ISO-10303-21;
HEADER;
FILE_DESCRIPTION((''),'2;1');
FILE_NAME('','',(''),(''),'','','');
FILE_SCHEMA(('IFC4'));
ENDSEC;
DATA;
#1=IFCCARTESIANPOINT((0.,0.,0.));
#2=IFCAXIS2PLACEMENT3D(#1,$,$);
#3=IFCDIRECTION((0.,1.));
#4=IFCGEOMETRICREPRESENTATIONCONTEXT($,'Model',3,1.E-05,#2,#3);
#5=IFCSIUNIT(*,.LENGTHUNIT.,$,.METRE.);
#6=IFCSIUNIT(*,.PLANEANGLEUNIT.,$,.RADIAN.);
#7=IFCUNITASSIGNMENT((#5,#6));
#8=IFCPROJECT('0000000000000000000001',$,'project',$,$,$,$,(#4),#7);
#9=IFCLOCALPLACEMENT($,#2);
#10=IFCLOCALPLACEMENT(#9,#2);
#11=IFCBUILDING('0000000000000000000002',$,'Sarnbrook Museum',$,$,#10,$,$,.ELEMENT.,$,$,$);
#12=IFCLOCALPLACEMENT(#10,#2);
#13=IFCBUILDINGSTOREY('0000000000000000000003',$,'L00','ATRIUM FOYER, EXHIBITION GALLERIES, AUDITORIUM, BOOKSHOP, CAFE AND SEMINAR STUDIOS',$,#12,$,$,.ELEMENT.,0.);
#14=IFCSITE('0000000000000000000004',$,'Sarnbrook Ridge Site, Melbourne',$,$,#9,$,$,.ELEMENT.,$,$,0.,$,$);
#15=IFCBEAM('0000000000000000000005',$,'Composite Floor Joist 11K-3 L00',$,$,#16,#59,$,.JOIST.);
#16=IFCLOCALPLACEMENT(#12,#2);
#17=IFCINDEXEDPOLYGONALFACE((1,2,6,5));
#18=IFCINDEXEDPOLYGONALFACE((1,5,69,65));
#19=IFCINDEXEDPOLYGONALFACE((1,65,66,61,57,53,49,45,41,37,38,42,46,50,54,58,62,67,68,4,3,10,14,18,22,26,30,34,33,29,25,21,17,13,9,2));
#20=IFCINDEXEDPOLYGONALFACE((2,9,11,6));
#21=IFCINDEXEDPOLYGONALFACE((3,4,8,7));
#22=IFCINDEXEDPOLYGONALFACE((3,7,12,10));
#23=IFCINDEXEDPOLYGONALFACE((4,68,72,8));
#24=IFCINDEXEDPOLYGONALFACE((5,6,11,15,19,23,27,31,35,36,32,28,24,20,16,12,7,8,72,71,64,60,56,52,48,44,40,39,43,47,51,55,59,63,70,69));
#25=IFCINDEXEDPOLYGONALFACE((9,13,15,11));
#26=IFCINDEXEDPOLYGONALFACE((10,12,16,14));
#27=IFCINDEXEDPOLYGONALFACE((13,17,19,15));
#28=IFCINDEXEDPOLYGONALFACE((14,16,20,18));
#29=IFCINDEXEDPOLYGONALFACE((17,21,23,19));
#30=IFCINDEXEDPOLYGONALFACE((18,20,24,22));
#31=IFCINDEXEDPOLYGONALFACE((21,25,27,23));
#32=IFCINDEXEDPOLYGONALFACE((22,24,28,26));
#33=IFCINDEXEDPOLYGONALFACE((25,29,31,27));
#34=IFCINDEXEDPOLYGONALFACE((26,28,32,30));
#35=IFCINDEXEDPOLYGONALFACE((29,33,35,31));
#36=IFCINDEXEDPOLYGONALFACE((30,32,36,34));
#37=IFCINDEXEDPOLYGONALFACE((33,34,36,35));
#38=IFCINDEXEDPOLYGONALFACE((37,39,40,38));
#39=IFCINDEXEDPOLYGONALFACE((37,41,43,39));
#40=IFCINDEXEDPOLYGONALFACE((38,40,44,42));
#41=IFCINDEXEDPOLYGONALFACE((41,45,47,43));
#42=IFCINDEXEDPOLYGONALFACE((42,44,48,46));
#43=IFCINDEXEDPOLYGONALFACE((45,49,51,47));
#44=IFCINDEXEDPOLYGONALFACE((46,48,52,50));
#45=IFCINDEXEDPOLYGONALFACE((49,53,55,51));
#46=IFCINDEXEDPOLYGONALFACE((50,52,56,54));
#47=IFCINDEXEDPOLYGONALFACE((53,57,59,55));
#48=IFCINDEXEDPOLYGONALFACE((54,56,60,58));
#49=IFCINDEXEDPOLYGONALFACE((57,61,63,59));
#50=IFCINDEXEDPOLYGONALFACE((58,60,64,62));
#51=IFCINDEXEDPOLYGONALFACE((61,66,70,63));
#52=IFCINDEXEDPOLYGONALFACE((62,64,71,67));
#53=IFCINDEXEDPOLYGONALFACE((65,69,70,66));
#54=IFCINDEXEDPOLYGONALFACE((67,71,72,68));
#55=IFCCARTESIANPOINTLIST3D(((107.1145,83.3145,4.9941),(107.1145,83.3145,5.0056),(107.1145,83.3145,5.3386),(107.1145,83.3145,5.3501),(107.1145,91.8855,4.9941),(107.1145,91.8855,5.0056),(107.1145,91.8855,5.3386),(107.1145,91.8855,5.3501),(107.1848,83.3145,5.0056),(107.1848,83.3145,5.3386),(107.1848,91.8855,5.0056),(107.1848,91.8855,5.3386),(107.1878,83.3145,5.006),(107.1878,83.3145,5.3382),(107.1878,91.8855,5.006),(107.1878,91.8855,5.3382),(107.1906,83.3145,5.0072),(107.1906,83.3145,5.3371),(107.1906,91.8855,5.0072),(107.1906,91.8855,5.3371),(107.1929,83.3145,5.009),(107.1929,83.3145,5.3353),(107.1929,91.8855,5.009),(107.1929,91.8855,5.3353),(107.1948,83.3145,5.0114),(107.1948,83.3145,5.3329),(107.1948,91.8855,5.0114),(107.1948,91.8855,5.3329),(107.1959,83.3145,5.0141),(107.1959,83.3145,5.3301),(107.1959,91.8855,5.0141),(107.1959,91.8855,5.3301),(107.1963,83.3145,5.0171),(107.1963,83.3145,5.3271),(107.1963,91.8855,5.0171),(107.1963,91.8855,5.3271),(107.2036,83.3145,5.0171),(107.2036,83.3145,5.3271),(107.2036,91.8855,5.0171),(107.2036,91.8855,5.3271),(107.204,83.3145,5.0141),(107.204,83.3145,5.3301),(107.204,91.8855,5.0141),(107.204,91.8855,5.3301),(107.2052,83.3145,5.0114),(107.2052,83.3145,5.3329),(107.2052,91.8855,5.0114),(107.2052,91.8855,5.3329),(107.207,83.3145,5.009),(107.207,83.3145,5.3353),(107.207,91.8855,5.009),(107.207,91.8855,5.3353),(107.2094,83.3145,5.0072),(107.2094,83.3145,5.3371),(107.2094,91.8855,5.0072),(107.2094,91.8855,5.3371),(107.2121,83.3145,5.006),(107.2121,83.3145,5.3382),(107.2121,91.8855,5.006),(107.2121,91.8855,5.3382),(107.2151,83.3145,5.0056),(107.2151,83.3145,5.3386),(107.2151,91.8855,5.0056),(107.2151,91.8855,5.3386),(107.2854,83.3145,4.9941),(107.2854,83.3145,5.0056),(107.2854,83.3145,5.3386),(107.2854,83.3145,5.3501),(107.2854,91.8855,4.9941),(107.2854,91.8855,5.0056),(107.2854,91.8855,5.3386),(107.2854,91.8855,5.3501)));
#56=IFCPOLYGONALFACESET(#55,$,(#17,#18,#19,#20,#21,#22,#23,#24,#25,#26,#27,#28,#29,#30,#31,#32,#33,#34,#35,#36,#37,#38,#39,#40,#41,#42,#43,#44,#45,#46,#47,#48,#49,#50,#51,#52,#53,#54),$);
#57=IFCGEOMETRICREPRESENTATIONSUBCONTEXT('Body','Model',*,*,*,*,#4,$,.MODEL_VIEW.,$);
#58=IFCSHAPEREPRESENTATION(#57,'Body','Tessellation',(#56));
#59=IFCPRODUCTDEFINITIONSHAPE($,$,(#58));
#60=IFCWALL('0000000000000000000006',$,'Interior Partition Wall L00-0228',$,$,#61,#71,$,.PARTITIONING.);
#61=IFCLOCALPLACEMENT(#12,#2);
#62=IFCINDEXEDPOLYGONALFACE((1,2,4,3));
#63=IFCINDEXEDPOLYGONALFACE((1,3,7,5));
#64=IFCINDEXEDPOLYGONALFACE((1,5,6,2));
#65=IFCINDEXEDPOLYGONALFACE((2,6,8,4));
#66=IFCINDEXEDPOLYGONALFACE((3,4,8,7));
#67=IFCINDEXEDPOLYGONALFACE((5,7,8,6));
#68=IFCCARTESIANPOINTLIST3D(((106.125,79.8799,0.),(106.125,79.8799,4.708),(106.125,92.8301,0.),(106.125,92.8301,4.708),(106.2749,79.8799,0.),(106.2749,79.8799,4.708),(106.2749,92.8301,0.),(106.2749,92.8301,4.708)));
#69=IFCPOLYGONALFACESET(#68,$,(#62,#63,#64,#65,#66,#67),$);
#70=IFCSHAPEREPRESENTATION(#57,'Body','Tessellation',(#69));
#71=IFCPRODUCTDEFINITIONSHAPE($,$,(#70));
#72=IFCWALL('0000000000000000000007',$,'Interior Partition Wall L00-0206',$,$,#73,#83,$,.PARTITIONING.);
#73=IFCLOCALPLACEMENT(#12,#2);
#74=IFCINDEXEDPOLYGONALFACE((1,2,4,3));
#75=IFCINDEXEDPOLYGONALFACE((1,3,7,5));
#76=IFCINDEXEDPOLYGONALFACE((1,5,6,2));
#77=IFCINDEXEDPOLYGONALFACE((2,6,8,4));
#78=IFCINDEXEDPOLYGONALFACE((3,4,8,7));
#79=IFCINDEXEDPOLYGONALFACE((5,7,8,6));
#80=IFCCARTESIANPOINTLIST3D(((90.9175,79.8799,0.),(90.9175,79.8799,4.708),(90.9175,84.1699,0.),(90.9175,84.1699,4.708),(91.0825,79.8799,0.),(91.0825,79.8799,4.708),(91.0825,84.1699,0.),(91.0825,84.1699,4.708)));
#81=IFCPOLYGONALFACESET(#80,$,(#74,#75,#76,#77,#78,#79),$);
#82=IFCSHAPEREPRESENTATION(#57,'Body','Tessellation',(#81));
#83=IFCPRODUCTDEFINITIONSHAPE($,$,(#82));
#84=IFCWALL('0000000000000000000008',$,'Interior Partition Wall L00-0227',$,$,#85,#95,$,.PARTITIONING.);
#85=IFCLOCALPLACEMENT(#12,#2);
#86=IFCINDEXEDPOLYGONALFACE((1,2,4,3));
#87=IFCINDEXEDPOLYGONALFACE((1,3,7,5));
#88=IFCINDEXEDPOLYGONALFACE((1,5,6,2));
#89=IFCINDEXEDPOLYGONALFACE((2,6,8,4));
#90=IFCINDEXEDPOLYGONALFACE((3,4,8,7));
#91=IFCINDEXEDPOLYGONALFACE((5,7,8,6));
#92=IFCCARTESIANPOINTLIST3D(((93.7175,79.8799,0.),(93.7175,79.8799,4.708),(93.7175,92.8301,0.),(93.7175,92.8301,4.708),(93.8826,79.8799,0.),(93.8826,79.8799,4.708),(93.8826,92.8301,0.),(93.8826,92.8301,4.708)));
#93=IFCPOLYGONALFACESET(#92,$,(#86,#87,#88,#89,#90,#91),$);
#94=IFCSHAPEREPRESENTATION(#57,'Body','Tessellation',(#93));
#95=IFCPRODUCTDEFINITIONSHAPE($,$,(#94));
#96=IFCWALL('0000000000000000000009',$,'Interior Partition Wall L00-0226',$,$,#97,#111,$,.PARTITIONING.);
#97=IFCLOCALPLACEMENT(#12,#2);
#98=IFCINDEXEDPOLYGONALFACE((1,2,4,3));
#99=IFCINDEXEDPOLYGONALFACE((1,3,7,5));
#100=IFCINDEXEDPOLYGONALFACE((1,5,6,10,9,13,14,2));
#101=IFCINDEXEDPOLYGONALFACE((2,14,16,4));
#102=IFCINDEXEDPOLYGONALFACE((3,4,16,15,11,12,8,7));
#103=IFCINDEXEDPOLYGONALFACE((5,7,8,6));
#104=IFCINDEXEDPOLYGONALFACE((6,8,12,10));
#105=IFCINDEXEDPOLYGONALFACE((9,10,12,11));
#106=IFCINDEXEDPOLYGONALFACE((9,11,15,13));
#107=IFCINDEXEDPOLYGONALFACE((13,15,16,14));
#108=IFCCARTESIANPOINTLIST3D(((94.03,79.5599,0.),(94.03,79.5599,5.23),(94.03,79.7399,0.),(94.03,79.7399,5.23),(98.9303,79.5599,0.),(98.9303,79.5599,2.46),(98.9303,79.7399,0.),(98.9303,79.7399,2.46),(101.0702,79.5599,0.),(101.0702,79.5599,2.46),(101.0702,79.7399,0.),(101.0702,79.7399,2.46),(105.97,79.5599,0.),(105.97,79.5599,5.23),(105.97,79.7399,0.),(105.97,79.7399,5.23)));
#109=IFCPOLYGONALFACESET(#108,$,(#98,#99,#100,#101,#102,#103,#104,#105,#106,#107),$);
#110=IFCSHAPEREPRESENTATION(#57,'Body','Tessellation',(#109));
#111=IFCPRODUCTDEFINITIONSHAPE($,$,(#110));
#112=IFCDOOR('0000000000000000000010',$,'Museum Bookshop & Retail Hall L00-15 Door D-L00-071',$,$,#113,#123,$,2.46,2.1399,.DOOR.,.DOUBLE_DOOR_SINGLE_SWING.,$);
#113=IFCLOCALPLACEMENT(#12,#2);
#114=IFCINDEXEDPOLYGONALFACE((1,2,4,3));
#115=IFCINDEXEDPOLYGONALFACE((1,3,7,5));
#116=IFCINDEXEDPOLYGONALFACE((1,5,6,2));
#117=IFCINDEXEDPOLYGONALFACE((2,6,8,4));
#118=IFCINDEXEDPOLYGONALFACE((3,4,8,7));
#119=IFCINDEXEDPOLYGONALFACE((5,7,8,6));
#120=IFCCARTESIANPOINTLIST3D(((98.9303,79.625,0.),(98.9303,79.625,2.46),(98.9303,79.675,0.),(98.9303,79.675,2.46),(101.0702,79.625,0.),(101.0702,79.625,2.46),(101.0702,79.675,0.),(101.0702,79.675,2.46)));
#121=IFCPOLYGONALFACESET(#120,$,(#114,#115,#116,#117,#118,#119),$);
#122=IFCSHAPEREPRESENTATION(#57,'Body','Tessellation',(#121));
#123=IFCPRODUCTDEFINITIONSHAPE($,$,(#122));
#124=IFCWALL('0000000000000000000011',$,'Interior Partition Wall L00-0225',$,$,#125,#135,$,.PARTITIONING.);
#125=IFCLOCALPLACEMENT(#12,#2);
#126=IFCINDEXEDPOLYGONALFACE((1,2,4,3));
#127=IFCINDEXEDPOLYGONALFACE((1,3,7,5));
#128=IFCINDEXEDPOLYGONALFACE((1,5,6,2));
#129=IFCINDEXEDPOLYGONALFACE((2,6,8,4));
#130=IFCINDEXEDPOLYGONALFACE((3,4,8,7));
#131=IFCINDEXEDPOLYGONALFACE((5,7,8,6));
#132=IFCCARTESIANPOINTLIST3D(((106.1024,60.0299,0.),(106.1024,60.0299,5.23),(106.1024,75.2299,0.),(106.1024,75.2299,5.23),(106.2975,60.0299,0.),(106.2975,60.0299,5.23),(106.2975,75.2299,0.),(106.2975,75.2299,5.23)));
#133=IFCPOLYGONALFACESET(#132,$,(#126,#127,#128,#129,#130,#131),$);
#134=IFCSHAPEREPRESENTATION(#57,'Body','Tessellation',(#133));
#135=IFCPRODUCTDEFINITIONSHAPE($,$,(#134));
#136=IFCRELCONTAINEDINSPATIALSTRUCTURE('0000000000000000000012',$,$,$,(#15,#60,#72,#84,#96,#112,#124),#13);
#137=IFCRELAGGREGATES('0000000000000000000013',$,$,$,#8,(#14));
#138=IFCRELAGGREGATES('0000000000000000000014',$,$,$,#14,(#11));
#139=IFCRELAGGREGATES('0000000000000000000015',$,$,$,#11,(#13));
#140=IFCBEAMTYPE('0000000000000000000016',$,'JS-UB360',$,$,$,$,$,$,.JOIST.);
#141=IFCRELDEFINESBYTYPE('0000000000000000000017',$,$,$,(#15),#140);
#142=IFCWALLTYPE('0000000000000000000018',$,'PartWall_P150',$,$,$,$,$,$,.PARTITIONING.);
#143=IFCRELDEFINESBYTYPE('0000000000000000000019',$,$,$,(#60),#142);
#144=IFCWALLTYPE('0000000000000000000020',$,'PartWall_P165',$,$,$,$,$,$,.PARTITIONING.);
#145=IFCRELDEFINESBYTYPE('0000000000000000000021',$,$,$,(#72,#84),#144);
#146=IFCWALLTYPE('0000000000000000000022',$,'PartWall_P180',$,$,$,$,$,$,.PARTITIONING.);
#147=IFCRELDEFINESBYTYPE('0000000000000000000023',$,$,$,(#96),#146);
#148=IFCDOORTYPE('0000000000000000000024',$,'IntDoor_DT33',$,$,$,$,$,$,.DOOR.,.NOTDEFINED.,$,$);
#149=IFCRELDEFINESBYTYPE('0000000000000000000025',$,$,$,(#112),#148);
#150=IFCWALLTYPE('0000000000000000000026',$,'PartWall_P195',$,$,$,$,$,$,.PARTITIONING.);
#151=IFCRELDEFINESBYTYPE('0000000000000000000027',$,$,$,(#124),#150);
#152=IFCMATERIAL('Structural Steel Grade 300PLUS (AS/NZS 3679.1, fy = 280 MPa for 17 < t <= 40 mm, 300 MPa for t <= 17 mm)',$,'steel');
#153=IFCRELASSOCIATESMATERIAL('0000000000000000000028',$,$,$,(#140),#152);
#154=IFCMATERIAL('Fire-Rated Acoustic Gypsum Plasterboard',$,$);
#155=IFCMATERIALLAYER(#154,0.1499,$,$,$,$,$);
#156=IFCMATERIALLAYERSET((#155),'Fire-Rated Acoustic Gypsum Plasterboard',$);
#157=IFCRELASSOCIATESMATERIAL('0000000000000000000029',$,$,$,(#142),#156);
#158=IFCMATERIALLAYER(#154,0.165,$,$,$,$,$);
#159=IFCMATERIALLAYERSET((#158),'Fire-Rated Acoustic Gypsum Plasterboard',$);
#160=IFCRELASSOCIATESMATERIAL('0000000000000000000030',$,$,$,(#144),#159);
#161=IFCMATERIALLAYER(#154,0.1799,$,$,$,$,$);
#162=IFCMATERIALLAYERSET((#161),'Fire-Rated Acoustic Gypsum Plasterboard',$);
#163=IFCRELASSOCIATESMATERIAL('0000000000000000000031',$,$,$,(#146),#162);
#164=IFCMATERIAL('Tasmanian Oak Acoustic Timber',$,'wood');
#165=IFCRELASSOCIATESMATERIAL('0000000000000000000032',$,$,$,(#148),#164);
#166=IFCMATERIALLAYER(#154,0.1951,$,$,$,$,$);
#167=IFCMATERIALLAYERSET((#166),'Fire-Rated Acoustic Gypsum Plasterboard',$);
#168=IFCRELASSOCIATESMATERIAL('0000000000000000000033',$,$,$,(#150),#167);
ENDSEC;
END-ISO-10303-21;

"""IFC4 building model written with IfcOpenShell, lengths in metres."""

from ifc_helpers import new_model, si_unit, direction, frame, frame_2d, origin, origin_2d, place, context, subcontext, project, spatial, rectangle, i_section, extrude, material, layer, layer_set, material_profile, profile_set, type_object, element, fill, save


model = new_model("IFC4")

# Units and contexts
model_context = context("Model", 3, precision=1e-05, world=origin(), true_north=direction((0.0, 1.0)))
body_context = subcontext(model_context, "Body", "Model", "MODEL_VIEW")
ifc_project = project(units=[si_unit("LENGTHUNIT", "METRE"), si_unit("PLANEANGLEUNIT", "RADIAN")], contexts=[model_context])

# Site, building, storey
site_placement = place(None, origin())
site = spatial("IfcSite", under=ifc_project, at=site_placement, Name="Sarnbrook Ridge Site, Melbourne", CompositionType="ELEMENT", RefElevation=0.0)
building_placement = place(site_placement, origin())
building = spatial("IfcBuilding", under=site, at=building_placement, Name="Sarnbrook Museum", CompositionType="ELEMENT")
storey_placement = place(building_placement, origin())
storey = spatial("IfcBuildingStorey", under=building, at=storey_placement, Name="L00", Description="ATRIUM FOYER, EXHIBITION GALLERIES, AUDITORIUM, BOOKSHOP, CAFE AND SEMINAR STUDIOS", CompositionType="ELEMENT", Elevation=0.0)

# Beam
ifc_material_1 = material(Name="Structural Steel Grade 300PLUS (AS/NZS 3679.1, fy = 280 MPa for 17 < t <= 40 mm, 300 MPa for t <= 17 mm)", Category="steel")
ifc_material_profile_1 = material_profile(ifc_material_1, i_section(OverallWidth=0.1709, OverallDepth=0.356, WebThickness=0.0073, FlangeThickness=0.0115, FilletRadius=0.0115, at=origin_2d()), Name="360UB50.7")
ifc_profile_set_1 = profile_set([ifc_material_profile_1], Name="Structural Steel Grade 300PLUS (AS/NZS 3679.1, fy = 280 MPa for 17 < t <= 40 mm, 300 MPa for t <= 17 mm)")
beam_type_1 = type_object("IfcBeamType", Name="JS-UB360", PredefinedType="JOIST", material=ifc_profile_set_1)
for number, where, z_axis, x_axis, name in (
    (1, (107.2, 83.3145, 5.1721), (0.0, 1.0, 0.0), (-1.0, 0.0, 0.0), "Composite Floor Joist 11K-3 L00"),
):
    element("IfcBeam", number, at=place(storey_placement, frame(where, z_axis=z_axis, x_axis=x_axis)), inside=storey, type_object=beam_type_1, Name=name, PredefinedType="JOIST", context=body_context, shape_type="SweptSolid", body=[
        extrude(i_section(OverallWidth=0.1709, OverallDepth=0.356, WebThickness=0.0073, FlangeThickness=0.0115, FilletRadius=0.0115, at=origin_2d()), origin(), (0.0, 0.0, 1.0), 8.571),
    ])

# Walls
ifc_material_2 = material(Name="Fire-Rated Acoustic Gypsum Plasterboard")
ifc_layer_1 = layer(ifc_material_2, 0.1499)
ifc_layer_set_1 = layer_set([ifc_layer_1], Name="Fire-Rated Acoustic Gypsum Plasterboard")
wall_type_1 = type_object("IfcWallType", Name="PartWall_P150", PredefinedType="PARTITIONING", material=ifc_layer_set_1)
wall_1_placement = place(storey_placement, frame((106.2, 92.8301, 0.0), z_axis=(0.0, 0.0, 1.0), x_axis=(0.0, -1.0, 0.0)))
element("IfcWall", 2, at=wall_1_placement, inside=storey, type_object=wall_type_1, Name="Interior Partition Wall L00-0228", PredefinedType="PARTITIONING", context=body_context, shape_type="SweptSolid", body=[
    extrude(rectangle(XDim=12.9502, YDim=0.1499, at=frame_2d((6.4751, 0.0))), origin(), (0.0, 0.0, 1.0), 4.708),
])
ifc_layer_2 = layer(ifc_material_2, 0.165)
ifc_layer_set_2 = layer_set([ifc_layer_2], Name="Fire-Rated Acoustic Gypsum Plasterboard")
wall_type_2 = type_object("IfcWallType", Name="PartWall_P165", PredefinedType="PARTITIONING", material=ifc_layer_set_2)
wall_2_placement = place(storey_placement, frame((91.0, 84.1699, 0.0), z_axis=(0.0, 0.0, 1.0), x_axis=(0.0, -1.0, 0.0)))
element("IfcWall", 3, at=wall_2_placement, inside=storey, type_object=wall_type_2, Name="Interior Partition Wall L00-0206", PredefinedType="PARTITIONING", context=body_context, shape_type="SweptSolid", body=[
    extrude(rectangle(XDim=4.29, YDim=0.165, at=frame_2d((2.145, 0.0))), origin(), (0.0, 0.0, 1.0), 4.708),
])
wall_3_placement = place(storey_placement, frame((93.8, 79.8799, 0.0), z_axis=(0.0, 0.0, 1.0), x_axis=(0.0, 1.0, 0.0)))
element("IfcWall", 4, at=wall_3_placement, inside=storey, type_object=wall_type_2, Name="Interior Partition Wall L00-0227", PredefinedType="PARTITIONING", context=body_context, shape_type="SweptSolid", body=[
    extrude(rectangle(XDim=12.9502, YDim=0.165, at=frame_2d((6.4751, 0.0))), origin(), (0.0, 0.0, 1.0), 4.708),
])

# Wall, opening, door
ifc_layer_3 = layer(ifc_material_2, 0.1799)
ifc_layer_set_3 = layer_set([ifc_layer_3], Name="Fire-Rated Acoustic Gypsum Plasterboard")
wall_type_3 = type_object("IfcWallType", Name="PartWall_P180", PredefinedType="PARTITIONING", material=ifc_layer_set_3)
wall_4_placement = place(storey_placement, frame((105.97, 79.6499, 0.0), z_axis=(0.0, 0.0, 1.0), x_axis=(-1.0, 0.0, 0.0)))
wall_4 = element("IfcWall", 5, at=wall_4_placement, inside=storey, type_object=wall_type_3, Name="Interior Partition Wall L00-0226", PredefinedType="PARTITIONING", context=body_context, shape_type="SweptSolid", body=[
    extrude(rectangle(XDim=11.9399, YDim=0.1799, at=frame_2d((5.97, 0.0))), origin(), (0.0, 0.0, 1.0), 5.23),
])
opening_placement = place(wall_4_placement, frame((4.8999, 0.0, 0.0)))
opening = element("IfcOpeningElement", 6, at=opening_placement, cuts=wall_4, PredefinedType="OPENING", context=body_context, shape_type="SweptSolid", body=[
    extrude(rectangle(XDim=2.1399, YDim=2.46, at=frame_2d((1.0698, 1.23))), frame((0.0, 0.1001, 0.0), z_axis=(0.0, -1.0, 0.0), x_axis=(1.0, 0.0, 0.0)), (0.0, 0.0, 1.0), 0.2),
])
ifc_material_3 = material(Name="Tasmanian Oak Acoustic Timber", Category="wood")
door_type = type_object("IfcDoorType", Name="IntDoor_DT33", OperationType="NOTDEFINED", PredefinedType="DOOR", material=ifc_material_3)
door_placement = place(opening_placement, origin())
door = element("IfcDoor", 7, at=door_placement, inside=storey, type_object=door_type, Name="Museum Bookshop & Retail Hall L00-15 Door D-L00-071", OperationType="DOUBLE_DOOR_SINGLE_SWING", OverallHeight=2.46, OverallWidth=2.1399, PredefinedType="DOOR", context=body_context, shape_type="SweptSolid", body=[
    extrude(rectangle(XDim=2.1399, YDim=2.46, at=frame_2d((1.0698, 1.23))), frame((0.0, 0.0249, 0.0), z_axis=(0.0, -1.0, 0.0), x_axis=(1.0, 0.0, 0.0)), (0.0, 0.0, 1.0), 0.05),
])
fill(opening, door)

# Wall
ifc_layer_4 = layer(ifc_material_2, 0.1951)
ifc_layer_set_4 = layer_set([ifc_layer_4], Name="Fire-Rated Acoustic Gypsum Plasterboard")
wall_type_4 = type_object("IfcWallType", Name="PartWall_P195", PredefinedType="PARTITIONING", material=ifc_layer_set_4)
wall_5_placement = place(storey_placement, frame((106.2, 75.23, 0.0), z_axis=(0.0, 0.0, 1.0), x_axis=(0.0, -1.0, 0.0)))
element("IfcWall", 8, at=wall_5_placement, inside=storey, type_object=wall_type_4, Name="Interior Partition Wall L00-0225", PredefinedType="PARTITIONING", context=body_context, shape_type="SweptSolid", body=[
    extrude(rectangle(XDim=15.2, YDim=0.1951, at=frame_2d((7.6001, 0.0))), origin(), (0.0, 0.0, 1.0), 5.23),
])

save(model, "model.ifc")
